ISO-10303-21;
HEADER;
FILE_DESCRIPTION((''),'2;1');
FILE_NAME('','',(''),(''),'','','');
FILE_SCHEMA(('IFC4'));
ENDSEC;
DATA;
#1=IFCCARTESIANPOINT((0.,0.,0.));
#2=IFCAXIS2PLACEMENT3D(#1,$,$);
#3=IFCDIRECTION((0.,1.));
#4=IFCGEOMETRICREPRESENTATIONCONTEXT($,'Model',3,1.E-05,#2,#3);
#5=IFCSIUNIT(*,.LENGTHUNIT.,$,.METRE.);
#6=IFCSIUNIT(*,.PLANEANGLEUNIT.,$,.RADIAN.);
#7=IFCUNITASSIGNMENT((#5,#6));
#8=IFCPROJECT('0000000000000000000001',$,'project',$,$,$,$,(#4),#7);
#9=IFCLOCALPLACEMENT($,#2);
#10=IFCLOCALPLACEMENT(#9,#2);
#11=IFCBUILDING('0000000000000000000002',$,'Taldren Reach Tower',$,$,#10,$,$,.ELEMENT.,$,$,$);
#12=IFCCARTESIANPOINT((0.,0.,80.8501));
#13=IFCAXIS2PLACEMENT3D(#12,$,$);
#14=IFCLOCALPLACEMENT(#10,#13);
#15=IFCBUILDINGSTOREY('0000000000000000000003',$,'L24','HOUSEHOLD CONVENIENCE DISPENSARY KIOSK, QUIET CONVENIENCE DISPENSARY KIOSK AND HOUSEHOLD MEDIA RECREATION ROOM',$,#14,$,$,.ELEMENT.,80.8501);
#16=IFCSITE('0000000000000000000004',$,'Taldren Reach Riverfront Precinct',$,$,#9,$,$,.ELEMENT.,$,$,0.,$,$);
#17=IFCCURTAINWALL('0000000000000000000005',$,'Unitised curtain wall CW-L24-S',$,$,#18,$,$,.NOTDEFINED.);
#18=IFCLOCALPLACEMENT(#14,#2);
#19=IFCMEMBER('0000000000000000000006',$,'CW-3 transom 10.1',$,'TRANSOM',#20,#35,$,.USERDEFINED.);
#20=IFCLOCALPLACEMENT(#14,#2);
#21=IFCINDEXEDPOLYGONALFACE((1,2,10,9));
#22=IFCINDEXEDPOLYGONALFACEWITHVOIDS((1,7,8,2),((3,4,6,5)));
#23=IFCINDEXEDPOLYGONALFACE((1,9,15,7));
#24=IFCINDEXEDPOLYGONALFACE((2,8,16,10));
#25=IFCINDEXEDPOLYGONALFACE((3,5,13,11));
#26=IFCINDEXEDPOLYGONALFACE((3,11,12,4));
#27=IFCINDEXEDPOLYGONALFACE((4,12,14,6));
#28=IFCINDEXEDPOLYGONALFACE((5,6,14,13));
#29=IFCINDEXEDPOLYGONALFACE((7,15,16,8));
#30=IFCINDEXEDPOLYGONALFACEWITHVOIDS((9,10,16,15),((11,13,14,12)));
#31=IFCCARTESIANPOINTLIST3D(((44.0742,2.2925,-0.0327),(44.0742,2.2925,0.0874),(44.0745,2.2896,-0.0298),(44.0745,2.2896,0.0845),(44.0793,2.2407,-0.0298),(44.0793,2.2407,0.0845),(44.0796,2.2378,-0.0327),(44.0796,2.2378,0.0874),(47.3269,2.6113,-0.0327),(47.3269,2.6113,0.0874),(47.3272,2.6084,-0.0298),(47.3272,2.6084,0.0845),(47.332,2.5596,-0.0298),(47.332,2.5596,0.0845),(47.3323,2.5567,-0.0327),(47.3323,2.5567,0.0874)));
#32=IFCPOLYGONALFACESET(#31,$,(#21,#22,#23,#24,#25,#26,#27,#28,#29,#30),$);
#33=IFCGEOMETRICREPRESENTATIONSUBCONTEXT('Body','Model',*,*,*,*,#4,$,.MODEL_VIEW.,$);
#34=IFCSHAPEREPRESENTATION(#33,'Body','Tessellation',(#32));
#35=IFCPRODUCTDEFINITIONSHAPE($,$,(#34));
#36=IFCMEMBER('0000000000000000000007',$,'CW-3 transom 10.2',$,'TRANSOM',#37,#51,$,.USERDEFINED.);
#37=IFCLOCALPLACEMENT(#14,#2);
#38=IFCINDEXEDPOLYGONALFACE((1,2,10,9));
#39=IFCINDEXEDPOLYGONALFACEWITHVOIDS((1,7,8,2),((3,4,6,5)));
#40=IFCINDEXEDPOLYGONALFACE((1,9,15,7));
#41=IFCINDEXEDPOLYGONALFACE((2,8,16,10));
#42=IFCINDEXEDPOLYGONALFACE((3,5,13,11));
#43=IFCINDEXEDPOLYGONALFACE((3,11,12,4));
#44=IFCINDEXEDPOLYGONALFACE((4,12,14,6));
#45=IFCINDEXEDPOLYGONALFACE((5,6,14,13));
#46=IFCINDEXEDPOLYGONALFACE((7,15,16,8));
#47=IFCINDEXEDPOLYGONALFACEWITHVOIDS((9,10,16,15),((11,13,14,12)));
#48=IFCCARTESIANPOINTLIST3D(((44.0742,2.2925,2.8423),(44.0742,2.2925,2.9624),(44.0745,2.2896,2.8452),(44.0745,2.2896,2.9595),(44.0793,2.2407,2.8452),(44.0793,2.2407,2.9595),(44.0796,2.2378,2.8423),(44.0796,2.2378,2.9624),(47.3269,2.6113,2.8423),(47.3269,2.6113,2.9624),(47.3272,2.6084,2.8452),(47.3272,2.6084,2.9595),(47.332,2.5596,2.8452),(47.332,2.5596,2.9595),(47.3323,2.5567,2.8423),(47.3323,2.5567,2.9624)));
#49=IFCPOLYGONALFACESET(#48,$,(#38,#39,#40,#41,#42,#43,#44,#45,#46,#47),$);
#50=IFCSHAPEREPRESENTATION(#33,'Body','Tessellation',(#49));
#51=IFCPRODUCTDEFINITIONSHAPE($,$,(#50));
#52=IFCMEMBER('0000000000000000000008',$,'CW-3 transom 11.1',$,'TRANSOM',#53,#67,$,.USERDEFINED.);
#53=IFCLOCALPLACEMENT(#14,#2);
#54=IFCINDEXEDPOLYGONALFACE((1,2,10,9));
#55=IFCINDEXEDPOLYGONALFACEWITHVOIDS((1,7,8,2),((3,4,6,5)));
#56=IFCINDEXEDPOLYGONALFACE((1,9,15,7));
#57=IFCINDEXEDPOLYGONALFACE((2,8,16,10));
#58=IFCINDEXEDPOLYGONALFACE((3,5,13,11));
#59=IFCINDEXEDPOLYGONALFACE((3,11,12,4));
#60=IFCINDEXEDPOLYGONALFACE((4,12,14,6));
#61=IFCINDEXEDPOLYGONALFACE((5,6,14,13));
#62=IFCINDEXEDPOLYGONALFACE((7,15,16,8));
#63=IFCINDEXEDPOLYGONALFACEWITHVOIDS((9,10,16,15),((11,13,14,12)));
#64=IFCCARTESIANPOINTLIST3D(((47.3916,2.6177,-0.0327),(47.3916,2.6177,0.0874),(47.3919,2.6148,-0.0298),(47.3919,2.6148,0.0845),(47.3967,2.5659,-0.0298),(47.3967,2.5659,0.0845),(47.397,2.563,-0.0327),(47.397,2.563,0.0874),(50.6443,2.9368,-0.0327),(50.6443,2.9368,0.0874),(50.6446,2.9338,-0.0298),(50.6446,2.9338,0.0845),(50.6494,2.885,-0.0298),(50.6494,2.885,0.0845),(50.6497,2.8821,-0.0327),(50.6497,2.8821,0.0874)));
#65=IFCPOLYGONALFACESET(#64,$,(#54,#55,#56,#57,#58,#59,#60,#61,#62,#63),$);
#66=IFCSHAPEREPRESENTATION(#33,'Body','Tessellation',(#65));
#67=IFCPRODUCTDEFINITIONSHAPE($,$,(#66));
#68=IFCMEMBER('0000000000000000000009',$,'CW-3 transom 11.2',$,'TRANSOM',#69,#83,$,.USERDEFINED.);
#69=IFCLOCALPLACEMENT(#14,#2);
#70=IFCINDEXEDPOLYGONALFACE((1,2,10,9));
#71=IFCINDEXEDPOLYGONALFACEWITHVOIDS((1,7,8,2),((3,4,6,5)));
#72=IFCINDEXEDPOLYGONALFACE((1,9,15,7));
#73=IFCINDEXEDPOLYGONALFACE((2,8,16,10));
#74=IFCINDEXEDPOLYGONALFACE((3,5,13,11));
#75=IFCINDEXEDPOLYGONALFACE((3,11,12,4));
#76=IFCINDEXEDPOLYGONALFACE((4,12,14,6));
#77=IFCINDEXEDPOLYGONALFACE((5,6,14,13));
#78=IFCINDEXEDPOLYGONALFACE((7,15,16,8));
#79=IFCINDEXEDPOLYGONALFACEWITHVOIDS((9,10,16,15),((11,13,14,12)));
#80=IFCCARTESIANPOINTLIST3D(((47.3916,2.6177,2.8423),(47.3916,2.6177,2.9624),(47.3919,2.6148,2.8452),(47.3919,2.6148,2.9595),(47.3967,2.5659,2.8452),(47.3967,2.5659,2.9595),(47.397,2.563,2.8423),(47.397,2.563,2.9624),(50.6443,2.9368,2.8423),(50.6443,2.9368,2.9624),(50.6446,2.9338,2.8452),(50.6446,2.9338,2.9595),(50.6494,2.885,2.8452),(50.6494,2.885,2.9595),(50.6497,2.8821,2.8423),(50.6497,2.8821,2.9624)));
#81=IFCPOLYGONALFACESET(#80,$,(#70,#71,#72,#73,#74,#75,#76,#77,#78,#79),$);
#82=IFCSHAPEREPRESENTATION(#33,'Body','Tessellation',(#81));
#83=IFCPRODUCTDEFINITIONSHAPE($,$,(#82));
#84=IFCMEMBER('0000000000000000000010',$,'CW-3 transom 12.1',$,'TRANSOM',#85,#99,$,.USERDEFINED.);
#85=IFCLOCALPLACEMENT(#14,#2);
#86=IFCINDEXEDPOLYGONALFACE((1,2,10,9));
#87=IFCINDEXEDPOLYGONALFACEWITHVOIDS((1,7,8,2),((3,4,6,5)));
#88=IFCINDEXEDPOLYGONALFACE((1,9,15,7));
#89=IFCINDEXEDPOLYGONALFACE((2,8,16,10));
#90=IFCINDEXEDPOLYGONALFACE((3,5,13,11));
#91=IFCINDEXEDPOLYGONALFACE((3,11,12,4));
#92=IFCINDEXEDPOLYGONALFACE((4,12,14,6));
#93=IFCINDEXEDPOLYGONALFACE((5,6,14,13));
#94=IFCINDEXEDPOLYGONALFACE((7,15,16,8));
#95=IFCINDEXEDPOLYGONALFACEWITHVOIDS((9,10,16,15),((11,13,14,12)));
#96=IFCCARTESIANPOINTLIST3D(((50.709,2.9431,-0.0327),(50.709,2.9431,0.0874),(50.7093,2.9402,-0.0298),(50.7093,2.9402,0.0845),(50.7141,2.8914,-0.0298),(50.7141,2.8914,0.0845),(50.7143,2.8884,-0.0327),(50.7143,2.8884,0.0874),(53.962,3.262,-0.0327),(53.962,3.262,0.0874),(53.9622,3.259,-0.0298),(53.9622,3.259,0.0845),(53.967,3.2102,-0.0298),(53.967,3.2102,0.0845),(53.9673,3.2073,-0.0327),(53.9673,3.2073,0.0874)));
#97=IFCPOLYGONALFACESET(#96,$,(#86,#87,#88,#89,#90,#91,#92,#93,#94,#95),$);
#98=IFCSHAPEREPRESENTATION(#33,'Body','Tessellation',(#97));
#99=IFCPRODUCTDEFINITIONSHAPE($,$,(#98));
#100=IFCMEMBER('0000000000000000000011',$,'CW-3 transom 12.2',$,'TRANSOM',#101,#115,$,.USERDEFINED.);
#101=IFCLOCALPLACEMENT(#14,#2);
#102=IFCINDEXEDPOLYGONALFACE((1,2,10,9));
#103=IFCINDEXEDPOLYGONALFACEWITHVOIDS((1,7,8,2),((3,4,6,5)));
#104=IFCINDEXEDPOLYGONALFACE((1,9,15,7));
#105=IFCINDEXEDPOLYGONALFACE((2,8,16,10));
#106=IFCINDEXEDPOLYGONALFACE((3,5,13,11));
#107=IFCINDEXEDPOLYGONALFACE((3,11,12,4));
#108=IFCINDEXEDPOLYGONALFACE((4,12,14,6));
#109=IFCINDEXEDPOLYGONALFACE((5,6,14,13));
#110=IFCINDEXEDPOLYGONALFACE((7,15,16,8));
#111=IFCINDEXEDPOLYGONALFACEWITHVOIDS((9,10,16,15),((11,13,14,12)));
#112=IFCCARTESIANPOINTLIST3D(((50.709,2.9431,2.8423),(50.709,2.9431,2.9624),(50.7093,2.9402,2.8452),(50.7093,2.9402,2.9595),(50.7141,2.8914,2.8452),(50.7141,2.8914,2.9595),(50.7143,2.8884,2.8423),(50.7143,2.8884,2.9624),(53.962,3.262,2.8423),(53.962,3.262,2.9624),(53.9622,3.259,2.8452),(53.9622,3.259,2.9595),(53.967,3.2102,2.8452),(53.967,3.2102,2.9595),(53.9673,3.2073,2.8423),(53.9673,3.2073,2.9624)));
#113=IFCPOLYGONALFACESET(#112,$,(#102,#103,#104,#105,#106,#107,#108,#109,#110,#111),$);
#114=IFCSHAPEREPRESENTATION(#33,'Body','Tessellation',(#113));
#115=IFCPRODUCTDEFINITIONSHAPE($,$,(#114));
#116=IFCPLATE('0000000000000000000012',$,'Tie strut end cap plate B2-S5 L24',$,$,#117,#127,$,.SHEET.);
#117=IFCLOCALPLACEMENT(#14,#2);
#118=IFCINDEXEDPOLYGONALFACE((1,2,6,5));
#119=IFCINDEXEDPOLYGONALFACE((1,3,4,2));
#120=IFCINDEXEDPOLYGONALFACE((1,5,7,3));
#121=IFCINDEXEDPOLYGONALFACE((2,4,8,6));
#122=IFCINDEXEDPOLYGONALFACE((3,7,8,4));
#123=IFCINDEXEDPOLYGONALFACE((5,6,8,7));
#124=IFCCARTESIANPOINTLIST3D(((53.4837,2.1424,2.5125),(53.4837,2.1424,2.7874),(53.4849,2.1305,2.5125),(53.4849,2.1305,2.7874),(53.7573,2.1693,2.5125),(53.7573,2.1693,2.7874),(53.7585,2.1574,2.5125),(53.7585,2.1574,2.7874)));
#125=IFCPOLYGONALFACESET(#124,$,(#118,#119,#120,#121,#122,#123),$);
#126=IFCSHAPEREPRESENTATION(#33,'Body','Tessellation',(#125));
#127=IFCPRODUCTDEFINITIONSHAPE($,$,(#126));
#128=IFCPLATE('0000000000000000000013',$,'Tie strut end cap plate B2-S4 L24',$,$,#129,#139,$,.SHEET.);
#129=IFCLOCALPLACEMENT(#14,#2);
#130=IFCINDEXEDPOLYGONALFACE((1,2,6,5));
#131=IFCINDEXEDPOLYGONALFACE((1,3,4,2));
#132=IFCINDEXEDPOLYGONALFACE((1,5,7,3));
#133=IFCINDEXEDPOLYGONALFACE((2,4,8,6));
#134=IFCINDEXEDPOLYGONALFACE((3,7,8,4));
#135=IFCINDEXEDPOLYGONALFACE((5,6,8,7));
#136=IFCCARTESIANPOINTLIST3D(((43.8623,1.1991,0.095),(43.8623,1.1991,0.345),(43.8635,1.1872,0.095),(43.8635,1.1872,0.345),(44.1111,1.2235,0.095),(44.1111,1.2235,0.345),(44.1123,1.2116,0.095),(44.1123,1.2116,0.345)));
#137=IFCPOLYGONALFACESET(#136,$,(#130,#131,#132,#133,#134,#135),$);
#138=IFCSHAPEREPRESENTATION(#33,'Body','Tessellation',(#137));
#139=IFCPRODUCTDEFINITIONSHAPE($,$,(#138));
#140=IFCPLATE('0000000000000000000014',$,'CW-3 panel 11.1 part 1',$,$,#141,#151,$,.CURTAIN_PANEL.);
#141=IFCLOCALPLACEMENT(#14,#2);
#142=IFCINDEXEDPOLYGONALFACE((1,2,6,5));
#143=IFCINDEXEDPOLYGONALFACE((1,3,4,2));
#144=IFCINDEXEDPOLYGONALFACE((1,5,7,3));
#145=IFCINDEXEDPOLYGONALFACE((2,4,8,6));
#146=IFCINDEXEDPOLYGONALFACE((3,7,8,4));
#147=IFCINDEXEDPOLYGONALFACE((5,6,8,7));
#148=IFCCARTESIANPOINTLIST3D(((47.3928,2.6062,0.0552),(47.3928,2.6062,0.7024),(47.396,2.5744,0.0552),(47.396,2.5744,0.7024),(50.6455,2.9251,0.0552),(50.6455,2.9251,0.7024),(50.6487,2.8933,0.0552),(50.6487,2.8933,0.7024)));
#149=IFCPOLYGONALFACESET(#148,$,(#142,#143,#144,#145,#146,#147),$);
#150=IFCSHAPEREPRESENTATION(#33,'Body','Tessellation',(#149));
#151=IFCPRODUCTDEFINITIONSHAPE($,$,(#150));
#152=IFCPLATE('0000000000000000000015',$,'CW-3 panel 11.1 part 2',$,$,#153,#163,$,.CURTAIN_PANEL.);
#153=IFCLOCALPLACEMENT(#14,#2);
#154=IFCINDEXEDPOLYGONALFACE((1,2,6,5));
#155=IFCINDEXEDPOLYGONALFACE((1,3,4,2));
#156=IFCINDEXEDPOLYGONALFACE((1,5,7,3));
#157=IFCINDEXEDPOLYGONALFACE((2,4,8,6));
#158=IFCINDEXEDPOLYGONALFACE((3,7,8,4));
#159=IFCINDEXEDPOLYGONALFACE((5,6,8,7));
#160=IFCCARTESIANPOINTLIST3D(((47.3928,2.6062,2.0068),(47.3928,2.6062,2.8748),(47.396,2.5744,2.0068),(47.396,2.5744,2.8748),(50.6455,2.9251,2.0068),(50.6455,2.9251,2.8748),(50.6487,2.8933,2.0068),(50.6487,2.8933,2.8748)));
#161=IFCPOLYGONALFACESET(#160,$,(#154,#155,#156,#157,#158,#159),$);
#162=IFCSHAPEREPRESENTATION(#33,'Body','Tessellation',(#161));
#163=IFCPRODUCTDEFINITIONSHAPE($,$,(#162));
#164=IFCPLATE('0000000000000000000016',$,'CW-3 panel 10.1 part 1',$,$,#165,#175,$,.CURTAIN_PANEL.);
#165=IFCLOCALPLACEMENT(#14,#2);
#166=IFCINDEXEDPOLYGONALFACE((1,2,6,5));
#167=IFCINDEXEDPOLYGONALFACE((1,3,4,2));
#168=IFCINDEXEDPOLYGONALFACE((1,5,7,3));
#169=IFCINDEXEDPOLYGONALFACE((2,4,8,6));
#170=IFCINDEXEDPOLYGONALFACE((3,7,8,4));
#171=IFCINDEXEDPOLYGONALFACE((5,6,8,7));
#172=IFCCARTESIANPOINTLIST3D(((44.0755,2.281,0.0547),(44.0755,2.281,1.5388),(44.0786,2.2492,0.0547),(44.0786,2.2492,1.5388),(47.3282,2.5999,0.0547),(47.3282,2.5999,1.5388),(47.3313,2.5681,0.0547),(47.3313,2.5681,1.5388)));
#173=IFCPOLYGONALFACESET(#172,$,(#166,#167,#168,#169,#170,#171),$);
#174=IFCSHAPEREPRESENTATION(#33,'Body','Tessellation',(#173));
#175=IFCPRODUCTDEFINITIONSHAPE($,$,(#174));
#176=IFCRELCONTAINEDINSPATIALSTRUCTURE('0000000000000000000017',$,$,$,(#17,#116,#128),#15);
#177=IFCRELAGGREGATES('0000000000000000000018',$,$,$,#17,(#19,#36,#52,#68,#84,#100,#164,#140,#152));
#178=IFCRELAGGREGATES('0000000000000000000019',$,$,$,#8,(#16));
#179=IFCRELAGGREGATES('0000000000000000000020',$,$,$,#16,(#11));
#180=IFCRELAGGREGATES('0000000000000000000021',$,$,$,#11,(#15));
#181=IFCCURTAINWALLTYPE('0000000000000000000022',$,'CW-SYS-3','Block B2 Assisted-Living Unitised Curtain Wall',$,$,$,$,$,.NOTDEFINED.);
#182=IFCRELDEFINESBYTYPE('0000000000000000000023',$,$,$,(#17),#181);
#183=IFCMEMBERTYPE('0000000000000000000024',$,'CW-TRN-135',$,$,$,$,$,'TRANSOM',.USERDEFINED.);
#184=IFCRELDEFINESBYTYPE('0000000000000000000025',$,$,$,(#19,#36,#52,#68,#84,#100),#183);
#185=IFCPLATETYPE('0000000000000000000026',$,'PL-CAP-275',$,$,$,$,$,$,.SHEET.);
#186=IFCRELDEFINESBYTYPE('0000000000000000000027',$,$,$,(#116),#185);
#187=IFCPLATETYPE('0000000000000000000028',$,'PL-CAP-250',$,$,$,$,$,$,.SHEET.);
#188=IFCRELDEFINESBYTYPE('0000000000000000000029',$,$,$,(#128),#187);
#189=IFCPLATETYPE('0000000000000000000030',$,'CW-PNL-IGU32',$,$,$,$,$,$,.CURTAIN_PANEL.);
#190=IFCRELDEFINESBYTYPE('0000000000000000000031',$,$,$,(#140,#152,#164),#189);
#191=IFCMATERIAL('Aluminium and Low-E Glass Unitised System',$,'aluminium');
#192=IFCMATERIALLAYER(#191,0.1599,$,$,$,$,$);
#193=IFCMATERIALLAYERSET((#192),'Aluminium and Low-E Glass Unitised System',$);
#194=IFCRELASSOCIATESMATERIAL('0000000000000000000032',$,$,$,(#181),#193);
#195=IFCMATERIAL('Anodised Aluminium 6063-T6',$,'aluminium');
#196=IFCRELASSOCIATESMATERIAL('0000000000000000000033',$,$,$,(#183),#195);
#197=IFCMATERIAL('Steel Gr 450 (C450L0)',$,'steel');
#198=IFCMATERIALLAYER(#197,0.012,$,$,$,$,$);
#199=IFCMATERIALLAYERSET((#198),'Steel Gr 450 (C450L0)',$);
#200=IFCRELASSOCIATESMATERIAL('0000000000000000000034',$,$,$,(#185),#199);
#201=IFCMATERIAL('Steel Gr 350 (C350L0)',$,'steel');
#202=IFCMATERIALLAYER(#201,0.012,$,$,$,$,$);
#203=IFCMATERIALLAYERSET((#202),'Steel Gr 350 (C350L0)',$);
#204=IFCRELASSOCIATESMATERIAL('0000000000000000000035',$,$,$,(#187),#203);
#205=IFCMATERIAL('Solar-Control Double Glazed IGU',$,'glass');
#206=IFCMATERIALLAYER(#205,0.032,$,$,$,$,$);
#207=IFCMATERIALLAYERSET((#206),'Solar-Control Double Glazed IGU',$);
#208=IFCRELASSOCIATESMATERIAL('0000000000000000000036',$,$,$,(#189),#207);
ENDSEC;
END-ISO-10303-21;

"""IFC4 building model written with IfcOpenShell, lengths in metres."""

from ifc_helpers import new_model, si_unit, direction, frame, origin, origin_2d, place, context, subcontext, project, spatial, rectangle, hollow_rectangle, extrude, source, transform, mapped, material, layer, layer_set, material_profile, profile_set, type_object, element, aggregate, save


model = new_model("IFC4")

# Units and contexts
model_context = context("Model", 3, precision=1e-05, world=origin(), true_north=direction((0.0, 1.0)))
body_context = subcontext(model_context, "Body", "Model", "MODEL_VIEW")
ifc_project = project(units=[si_unit("LENGTHUNIT", "METRE"), si_unit("PLANEANGLEUNIT", "RADIAN")], contexts=[model_context])

# Site, building, storey
site_placement = place(None, origin())
site = spatial("IfcSite", under=ifc_project, at=site_placement, Name="Taldren Reach Riverfront Precinct", CompositionType="ELEMENT", RefElevation=0.0)
building_placement = place(site_placement, origin())
building = spatial("IfcBuilding", under=site, at=building_placement, Name="Taldren Reach Tower", CompositionType="ELEMENT")
storey_placement = place(building_placement, frame((0.0, 0.0, 80.8501)))
storey = spatial("IfcBuildingStorey", under=building, at=storey_placement, Name="L24", Description="HOUSEHOLD CONVENIENCE DISPENSARY KIOSK, QUIET CONVENIENCE DISPENSARY KIOSK AND HOUSEHOLD MEDIA RECREATION ROOM", CompositionType="ELEMENT", Elevation=80.8501)

# Shared definitions
ifc_material_1 = material(Name="Steel Gr 450 (C450L0)", Category="steel")
ifc_material_2 = material(Name="Steel Gr 350 (C350L0)", Category="steel")

# Curtain wall, members
ifc_material_3 = material(Name="Aluminium and Low-E Glass Unitised System", Category="aluminium")
ifc_layer_1 = layer(ifc_material_3, 0.1599)
ifc_layer_set_1 = layer_set([ifc_layer_1], Name="Aluminium and Low-E Glass Unitised System")
curtain_wall_type = type_object("IfcCurtainWallType", Name="CW-SYS-3", Description="Block B2 Assisted-Living Unitised Curtain Wall", PredefinedType="NOTDEFINED", material=ifc_layer_set_1)
curtain_wall_placement = place(storey_placement, origin())
curtain_wall = element("IfcCurtainWall", 1, at=curtain_wall_placement, inside=storey, type_object=curtain_wall_type, Name="Unitised curtain wall CW-L24-S", PredefinedType="NOTDEFINED")
ifc_material_4 = material(Name="Anodised Aluminium 6063-T6", Category="aluminium")
ifc_material_profile_1 = material_profile(ifc_material_4, hollow_rectangle(XDim=0.0549, YDim=0.1201, WallThickness=0.0029, at=origin_2d()), Name="ALU-120x55x3RHS")
ifc_profile_set_1 = profile_set([ifc_material_profile_1], Name="Anodised Aluminium 6063-T6")
member_type_1 = type_object("IfcMemberType", Name="CW-TRN-135", ElementType="TRANSOM", PredefinedType="USERDEFINED", material=ifc_profile_set_1)
shared_shape_1 = source(origin(), body_context, "Body", "SweptSolid", [
    extrude(hollow_rectangle(XDim=0.0549, YDim=0.1201, WallThickness=0.0029, at=origin_2d()), origin(), (0.0, 0.0, 1.0), 3.2683),
])
member_1_placement = place(storey_placement, frame((44.0769, 2.2651, 0.0273), z_axis=(0.99523, 0.097558, 0.0), x_axis=(-0.097558, 0.99523, 0.0)))
member_1 = element("IfcMember", 2, at=member_1_placement, type_object=member_type_1, Name="CW-3 transom 10.1", ObjectType="TRANSOM", PredefinedType="USERDEFINED", context=body_context, shape_type="MappedRepresentation", body=[
    mapped(shared_shape_1, transform((0.0, 0.0, 0.0), scale=1.0)),
])
member_2_placement = place(storey_placement, frame((44.0769, 2.2651, 2.9023), z_axis=(0.99523, 0.097558, 0.0), x_axis=(-0.097558, 0.99523, 0.0)))
member_2 = element("IfcMember", 3, at=member_2_placement, type_object=member_type_1, Name="CW-3 transom 10.2", ObjectType="TRANSOM", PredefinedType="USERDEFINED", context=body_context, shape_type="MappedRepresentation", body=[
    mapped(shared_shape_1, transform((0.0, 0.0, 0.0), scale=1.0)),
])
member_3_placement = place(storey_placement, frame((47.3943, 2.5903, 0.0273), z_axis=(0.995223, 0.097632, 0.0), x_axis=(-0.097632, 0.995223, 0.0)))
member_3 = element("IfcMember", 4, at=member_3_placement, type_object=member_type_1, Name="CW-3 transom 11.1", ObjectType="TRANSOM", PredefinedType="USERDEFINED", context=body_context, shape_type="MappedRepresentation", body=[
    mapped(shared_shape_1, transform((0.0, 0.0, 0.0), scale=1.0)),
])
member_4_placement = place(storey_placement, frame((47.3943, 2.5903, 2.9023), z_axis=(0.995223, 0.097632, 0.0), x_axis=(-0.097632, 0.995223, 0.0)))
member_4 = element("IfcMember", 5, at=member_4_placement, type_object=member_type_1, Name="CW-3 transom 11.2", ObjectType="TRANSOM", PredefinedType="USERDEFINED", context=body_context, shape_type="MappedRepresentation", body=[
    mapped(shared_shape_1, transform((0.0, 0.0, 0.0), scale=1.0)),
])
shared_shape_2 = source(origin(), body_context, "Body", "SweptSolid", [
    extrude(hollow_rectangle(XDim=0.0549, YDim=0.1201, WallThickness=0.0029, at=origin_2d()), origin(), (0.0, 0.0, 1.0), 3.2686),
])
member_5_placement = place(storey_placement, frame((50.7117, 2.9158, 0.0273), z_axis=(0.995231, 0.097551, 0.0), x_axis=(-0.097551, 0.995231, 0.0)))
member_5 = element("IfcMember", 6, at=member_5_placement, type_object=member_type_1, Name="CW-3 transom 12.1", ObjectType="TRANSOM", PredefinedType="USERDEFINED", context=body_context, shape_type="MappedRepresentation", body=[
    mapped(shared_shape_2, transform((0.0, 0.0, 0.0), scale=1.0)),
])
member_6_placement = place(storey_placement, frame((50.7117, 2.9158, 2.9023), z_axis=(0.995231, 0.097551, 0.0), x_axis=(-0.097551, 0.995231, 0.0)))
member_6 = element("IfcMember", 7, at=member_6_placement, type_object=member_type_1, Name="CW-3 transom 12.2", ObjectType="TRANSOM", PredefinedType="USERDEFINED", context=body_context, shape_type="MappedRepresentation", body=[
    mapped(shared_shape_2, transform((0.0, 0.0, 0.0), scale=1.0)),
])

# Plates
ifc_layer_2 = layer(ifc_material_1, 0.012)
ifc_layer_set_2 = layer_set([ifc_layer_2], Name="Steel Gr 450 (C450L0)")
plate_type_1 = type_object("IfcPlateType", Name="PL-CAP-275", PredefinedType="SHEET", material=ifc_layer_set_2)
shared_shape_3 = source(origin(), body_context, "Body", "SweptSolid", [
    extrude(rectangle(XDim=0.2749, YDim=0.012, at=origin_2d()), origin(), (0.0, 0.0, 1.0), 0.2749),
])
plate_1_placement = place(storey_placement, frame((53.6211, 2.1499, 2.5125), z_axis=(0.0, 0.0, 1.0), x_axis=(0.995227, 0.097583, 0.0)))
element("IfcPlate", 8, at=plate_1_placement, inside=storey, type_object=plate_type_1, Name="Tie strut end cap plate B2-S5 L24", PredefinedType="SHEET", context=body_context, shape_type="MappedRepresentation", body=[
    mapped(shared_shape_3, transform((0.0, 0.0, 0.0), scale=1.0)),
])
ifc_layer_3 = layer(ifc_material_2, 0.012)
ifc_layer_set_3 = layer_set([ifc_layer_3], Name="Steel Gr 350 (C350L0)")
plate_type_2 = type_object("IfcPlateType", Name="PL-CAP-250", PredefinedType="SHEET", material=ifc_layer_set_3)
shared_shape_4 = source(origin(), body_context, "Body", "SweptSolid", [
    extrude(rectangle(XDim=0.25, YDim=0.012, at=origin_2d()), origin(), (0.0, 0.0, 1.0), 0.25),
])
plate_2_placement = place(storey_placement, frame((43.9873, 1.2053, 0.095), z_axis=(0.0, 0.0, 1.0), x_axis=(0.995227, 0.097583, 0.0)))
element("IfcPlate", 9, at=plate_2_placement, inside=storey, type_object=plate_type_2, Name="Tie strut end cap plate B2-S4 L24", PredefinedType="SHEET", context=body_context, shape_type="MappedRepresentation", body=[
    mapped(shared_shape_4, transform((0.0, 0.0, 0.0), scale=1.0)),
])

# Plates
ifc_material_5 = material(Name="Solar-Control Double Glazed IGU", Category="glass")
ifc_layer_4 = layer(ifc_material_5, 0.032)
ifc_layer_set_4 = layer_set([ifc_layer_4], Name="Solar-Control Double Glazed IGU")
plate_type_3 = type_object("IfcPlateType", Name="CW-PNL-IGU32", PredefinedType="CURTAIN_PANEL", material=ifc_layer_set_4)
shared_shape_5 = source(origin(), body_context, "Body", "SweptSolid", [
    extrude(rectangle(XDim=3.2683, YDim=0.032, at=origin_2d()), origin(), (0.0, 0.0, 1.0), 0.6472),
])
plate_3_placement = place(storey_placement, frame((49.0208, 2.7498, 0.0552), z_axis=(0.0, 0.0, 1.0), x_axis=(0.995227, 0.097583, 0.0)))
plate_3 = element("IfcPlate", 10, at=plate_3_placement, type_object=plate_type_3, Name="CW-3 panel 11.1 part 1", PredefinedType="CURTAIN_PANEL", context=body_context, shape_type="MappedRepresentation", body=[
    mapped(shared_shape_5, transform((0.0, 0.0, 0.0), scale=1.0)),
])
shared_shape_6 = source(origin(), body_context, "Body", "SweptSolid", [
    extrude(rectangle(XDim=3.2683, YDim=0.032, at=origin_2d()), origin(), (0.0, 0.0, 1.0), 0.8679),
])
plate_4_placement = place(storey_placement, frame((49.0208, 2.7498, 2.0068), z_axis=(0.0, 0.0, 1.0), x_axis=(0.995227, 0.097583, 0.0)))
plate_4 = element("IfcPlate", 11, at=plate_4_placement, type_object=plate_type_3, Name="CW-3 panel 11.1 part 2", PredefinedType="CURTAIN_PANEL", context=body_context, shape_type="MappedRepresentation", body=[
    mapped(shared_shape_6, transform((0.0, 0.0, 0.0), scale=1.0)),
])
shared_shape_7 = source(origin(), body_context, "Body", "SweptSolid", [
    extrude(rectangle(XDim=3.2683, YDim=0.032, at=origin_2d()), origin(), (0.0, 0.0, 1.0), 1.4841),
])
plate_5_placement = place(storey_placement, frame((45.7034, 2.4246, 0.0547), z_axis=(0.0, 0.0, 1.0), x_axis=(0.995227, 0.097583, 0.0)))
plate_5 = element("IfcPlate", 12, at=plate_5_placement, type_object=plate_type_3, Name="CW-3 panel 10.1 part 1", PredefinedType="CURTAIN_PANEL", context=body_context, shape_type="MappedRepresentation", body=[
    mapped(shared_shape_7, transform((0.0, 0.0, 0.0), scale=1.0)),
])
aggregate(curtain_wall, [member_1, member_2, member_3, member_4, member_5, member_6, plate_5, plate_3, plate_4])

save(model, "model.ifc")
